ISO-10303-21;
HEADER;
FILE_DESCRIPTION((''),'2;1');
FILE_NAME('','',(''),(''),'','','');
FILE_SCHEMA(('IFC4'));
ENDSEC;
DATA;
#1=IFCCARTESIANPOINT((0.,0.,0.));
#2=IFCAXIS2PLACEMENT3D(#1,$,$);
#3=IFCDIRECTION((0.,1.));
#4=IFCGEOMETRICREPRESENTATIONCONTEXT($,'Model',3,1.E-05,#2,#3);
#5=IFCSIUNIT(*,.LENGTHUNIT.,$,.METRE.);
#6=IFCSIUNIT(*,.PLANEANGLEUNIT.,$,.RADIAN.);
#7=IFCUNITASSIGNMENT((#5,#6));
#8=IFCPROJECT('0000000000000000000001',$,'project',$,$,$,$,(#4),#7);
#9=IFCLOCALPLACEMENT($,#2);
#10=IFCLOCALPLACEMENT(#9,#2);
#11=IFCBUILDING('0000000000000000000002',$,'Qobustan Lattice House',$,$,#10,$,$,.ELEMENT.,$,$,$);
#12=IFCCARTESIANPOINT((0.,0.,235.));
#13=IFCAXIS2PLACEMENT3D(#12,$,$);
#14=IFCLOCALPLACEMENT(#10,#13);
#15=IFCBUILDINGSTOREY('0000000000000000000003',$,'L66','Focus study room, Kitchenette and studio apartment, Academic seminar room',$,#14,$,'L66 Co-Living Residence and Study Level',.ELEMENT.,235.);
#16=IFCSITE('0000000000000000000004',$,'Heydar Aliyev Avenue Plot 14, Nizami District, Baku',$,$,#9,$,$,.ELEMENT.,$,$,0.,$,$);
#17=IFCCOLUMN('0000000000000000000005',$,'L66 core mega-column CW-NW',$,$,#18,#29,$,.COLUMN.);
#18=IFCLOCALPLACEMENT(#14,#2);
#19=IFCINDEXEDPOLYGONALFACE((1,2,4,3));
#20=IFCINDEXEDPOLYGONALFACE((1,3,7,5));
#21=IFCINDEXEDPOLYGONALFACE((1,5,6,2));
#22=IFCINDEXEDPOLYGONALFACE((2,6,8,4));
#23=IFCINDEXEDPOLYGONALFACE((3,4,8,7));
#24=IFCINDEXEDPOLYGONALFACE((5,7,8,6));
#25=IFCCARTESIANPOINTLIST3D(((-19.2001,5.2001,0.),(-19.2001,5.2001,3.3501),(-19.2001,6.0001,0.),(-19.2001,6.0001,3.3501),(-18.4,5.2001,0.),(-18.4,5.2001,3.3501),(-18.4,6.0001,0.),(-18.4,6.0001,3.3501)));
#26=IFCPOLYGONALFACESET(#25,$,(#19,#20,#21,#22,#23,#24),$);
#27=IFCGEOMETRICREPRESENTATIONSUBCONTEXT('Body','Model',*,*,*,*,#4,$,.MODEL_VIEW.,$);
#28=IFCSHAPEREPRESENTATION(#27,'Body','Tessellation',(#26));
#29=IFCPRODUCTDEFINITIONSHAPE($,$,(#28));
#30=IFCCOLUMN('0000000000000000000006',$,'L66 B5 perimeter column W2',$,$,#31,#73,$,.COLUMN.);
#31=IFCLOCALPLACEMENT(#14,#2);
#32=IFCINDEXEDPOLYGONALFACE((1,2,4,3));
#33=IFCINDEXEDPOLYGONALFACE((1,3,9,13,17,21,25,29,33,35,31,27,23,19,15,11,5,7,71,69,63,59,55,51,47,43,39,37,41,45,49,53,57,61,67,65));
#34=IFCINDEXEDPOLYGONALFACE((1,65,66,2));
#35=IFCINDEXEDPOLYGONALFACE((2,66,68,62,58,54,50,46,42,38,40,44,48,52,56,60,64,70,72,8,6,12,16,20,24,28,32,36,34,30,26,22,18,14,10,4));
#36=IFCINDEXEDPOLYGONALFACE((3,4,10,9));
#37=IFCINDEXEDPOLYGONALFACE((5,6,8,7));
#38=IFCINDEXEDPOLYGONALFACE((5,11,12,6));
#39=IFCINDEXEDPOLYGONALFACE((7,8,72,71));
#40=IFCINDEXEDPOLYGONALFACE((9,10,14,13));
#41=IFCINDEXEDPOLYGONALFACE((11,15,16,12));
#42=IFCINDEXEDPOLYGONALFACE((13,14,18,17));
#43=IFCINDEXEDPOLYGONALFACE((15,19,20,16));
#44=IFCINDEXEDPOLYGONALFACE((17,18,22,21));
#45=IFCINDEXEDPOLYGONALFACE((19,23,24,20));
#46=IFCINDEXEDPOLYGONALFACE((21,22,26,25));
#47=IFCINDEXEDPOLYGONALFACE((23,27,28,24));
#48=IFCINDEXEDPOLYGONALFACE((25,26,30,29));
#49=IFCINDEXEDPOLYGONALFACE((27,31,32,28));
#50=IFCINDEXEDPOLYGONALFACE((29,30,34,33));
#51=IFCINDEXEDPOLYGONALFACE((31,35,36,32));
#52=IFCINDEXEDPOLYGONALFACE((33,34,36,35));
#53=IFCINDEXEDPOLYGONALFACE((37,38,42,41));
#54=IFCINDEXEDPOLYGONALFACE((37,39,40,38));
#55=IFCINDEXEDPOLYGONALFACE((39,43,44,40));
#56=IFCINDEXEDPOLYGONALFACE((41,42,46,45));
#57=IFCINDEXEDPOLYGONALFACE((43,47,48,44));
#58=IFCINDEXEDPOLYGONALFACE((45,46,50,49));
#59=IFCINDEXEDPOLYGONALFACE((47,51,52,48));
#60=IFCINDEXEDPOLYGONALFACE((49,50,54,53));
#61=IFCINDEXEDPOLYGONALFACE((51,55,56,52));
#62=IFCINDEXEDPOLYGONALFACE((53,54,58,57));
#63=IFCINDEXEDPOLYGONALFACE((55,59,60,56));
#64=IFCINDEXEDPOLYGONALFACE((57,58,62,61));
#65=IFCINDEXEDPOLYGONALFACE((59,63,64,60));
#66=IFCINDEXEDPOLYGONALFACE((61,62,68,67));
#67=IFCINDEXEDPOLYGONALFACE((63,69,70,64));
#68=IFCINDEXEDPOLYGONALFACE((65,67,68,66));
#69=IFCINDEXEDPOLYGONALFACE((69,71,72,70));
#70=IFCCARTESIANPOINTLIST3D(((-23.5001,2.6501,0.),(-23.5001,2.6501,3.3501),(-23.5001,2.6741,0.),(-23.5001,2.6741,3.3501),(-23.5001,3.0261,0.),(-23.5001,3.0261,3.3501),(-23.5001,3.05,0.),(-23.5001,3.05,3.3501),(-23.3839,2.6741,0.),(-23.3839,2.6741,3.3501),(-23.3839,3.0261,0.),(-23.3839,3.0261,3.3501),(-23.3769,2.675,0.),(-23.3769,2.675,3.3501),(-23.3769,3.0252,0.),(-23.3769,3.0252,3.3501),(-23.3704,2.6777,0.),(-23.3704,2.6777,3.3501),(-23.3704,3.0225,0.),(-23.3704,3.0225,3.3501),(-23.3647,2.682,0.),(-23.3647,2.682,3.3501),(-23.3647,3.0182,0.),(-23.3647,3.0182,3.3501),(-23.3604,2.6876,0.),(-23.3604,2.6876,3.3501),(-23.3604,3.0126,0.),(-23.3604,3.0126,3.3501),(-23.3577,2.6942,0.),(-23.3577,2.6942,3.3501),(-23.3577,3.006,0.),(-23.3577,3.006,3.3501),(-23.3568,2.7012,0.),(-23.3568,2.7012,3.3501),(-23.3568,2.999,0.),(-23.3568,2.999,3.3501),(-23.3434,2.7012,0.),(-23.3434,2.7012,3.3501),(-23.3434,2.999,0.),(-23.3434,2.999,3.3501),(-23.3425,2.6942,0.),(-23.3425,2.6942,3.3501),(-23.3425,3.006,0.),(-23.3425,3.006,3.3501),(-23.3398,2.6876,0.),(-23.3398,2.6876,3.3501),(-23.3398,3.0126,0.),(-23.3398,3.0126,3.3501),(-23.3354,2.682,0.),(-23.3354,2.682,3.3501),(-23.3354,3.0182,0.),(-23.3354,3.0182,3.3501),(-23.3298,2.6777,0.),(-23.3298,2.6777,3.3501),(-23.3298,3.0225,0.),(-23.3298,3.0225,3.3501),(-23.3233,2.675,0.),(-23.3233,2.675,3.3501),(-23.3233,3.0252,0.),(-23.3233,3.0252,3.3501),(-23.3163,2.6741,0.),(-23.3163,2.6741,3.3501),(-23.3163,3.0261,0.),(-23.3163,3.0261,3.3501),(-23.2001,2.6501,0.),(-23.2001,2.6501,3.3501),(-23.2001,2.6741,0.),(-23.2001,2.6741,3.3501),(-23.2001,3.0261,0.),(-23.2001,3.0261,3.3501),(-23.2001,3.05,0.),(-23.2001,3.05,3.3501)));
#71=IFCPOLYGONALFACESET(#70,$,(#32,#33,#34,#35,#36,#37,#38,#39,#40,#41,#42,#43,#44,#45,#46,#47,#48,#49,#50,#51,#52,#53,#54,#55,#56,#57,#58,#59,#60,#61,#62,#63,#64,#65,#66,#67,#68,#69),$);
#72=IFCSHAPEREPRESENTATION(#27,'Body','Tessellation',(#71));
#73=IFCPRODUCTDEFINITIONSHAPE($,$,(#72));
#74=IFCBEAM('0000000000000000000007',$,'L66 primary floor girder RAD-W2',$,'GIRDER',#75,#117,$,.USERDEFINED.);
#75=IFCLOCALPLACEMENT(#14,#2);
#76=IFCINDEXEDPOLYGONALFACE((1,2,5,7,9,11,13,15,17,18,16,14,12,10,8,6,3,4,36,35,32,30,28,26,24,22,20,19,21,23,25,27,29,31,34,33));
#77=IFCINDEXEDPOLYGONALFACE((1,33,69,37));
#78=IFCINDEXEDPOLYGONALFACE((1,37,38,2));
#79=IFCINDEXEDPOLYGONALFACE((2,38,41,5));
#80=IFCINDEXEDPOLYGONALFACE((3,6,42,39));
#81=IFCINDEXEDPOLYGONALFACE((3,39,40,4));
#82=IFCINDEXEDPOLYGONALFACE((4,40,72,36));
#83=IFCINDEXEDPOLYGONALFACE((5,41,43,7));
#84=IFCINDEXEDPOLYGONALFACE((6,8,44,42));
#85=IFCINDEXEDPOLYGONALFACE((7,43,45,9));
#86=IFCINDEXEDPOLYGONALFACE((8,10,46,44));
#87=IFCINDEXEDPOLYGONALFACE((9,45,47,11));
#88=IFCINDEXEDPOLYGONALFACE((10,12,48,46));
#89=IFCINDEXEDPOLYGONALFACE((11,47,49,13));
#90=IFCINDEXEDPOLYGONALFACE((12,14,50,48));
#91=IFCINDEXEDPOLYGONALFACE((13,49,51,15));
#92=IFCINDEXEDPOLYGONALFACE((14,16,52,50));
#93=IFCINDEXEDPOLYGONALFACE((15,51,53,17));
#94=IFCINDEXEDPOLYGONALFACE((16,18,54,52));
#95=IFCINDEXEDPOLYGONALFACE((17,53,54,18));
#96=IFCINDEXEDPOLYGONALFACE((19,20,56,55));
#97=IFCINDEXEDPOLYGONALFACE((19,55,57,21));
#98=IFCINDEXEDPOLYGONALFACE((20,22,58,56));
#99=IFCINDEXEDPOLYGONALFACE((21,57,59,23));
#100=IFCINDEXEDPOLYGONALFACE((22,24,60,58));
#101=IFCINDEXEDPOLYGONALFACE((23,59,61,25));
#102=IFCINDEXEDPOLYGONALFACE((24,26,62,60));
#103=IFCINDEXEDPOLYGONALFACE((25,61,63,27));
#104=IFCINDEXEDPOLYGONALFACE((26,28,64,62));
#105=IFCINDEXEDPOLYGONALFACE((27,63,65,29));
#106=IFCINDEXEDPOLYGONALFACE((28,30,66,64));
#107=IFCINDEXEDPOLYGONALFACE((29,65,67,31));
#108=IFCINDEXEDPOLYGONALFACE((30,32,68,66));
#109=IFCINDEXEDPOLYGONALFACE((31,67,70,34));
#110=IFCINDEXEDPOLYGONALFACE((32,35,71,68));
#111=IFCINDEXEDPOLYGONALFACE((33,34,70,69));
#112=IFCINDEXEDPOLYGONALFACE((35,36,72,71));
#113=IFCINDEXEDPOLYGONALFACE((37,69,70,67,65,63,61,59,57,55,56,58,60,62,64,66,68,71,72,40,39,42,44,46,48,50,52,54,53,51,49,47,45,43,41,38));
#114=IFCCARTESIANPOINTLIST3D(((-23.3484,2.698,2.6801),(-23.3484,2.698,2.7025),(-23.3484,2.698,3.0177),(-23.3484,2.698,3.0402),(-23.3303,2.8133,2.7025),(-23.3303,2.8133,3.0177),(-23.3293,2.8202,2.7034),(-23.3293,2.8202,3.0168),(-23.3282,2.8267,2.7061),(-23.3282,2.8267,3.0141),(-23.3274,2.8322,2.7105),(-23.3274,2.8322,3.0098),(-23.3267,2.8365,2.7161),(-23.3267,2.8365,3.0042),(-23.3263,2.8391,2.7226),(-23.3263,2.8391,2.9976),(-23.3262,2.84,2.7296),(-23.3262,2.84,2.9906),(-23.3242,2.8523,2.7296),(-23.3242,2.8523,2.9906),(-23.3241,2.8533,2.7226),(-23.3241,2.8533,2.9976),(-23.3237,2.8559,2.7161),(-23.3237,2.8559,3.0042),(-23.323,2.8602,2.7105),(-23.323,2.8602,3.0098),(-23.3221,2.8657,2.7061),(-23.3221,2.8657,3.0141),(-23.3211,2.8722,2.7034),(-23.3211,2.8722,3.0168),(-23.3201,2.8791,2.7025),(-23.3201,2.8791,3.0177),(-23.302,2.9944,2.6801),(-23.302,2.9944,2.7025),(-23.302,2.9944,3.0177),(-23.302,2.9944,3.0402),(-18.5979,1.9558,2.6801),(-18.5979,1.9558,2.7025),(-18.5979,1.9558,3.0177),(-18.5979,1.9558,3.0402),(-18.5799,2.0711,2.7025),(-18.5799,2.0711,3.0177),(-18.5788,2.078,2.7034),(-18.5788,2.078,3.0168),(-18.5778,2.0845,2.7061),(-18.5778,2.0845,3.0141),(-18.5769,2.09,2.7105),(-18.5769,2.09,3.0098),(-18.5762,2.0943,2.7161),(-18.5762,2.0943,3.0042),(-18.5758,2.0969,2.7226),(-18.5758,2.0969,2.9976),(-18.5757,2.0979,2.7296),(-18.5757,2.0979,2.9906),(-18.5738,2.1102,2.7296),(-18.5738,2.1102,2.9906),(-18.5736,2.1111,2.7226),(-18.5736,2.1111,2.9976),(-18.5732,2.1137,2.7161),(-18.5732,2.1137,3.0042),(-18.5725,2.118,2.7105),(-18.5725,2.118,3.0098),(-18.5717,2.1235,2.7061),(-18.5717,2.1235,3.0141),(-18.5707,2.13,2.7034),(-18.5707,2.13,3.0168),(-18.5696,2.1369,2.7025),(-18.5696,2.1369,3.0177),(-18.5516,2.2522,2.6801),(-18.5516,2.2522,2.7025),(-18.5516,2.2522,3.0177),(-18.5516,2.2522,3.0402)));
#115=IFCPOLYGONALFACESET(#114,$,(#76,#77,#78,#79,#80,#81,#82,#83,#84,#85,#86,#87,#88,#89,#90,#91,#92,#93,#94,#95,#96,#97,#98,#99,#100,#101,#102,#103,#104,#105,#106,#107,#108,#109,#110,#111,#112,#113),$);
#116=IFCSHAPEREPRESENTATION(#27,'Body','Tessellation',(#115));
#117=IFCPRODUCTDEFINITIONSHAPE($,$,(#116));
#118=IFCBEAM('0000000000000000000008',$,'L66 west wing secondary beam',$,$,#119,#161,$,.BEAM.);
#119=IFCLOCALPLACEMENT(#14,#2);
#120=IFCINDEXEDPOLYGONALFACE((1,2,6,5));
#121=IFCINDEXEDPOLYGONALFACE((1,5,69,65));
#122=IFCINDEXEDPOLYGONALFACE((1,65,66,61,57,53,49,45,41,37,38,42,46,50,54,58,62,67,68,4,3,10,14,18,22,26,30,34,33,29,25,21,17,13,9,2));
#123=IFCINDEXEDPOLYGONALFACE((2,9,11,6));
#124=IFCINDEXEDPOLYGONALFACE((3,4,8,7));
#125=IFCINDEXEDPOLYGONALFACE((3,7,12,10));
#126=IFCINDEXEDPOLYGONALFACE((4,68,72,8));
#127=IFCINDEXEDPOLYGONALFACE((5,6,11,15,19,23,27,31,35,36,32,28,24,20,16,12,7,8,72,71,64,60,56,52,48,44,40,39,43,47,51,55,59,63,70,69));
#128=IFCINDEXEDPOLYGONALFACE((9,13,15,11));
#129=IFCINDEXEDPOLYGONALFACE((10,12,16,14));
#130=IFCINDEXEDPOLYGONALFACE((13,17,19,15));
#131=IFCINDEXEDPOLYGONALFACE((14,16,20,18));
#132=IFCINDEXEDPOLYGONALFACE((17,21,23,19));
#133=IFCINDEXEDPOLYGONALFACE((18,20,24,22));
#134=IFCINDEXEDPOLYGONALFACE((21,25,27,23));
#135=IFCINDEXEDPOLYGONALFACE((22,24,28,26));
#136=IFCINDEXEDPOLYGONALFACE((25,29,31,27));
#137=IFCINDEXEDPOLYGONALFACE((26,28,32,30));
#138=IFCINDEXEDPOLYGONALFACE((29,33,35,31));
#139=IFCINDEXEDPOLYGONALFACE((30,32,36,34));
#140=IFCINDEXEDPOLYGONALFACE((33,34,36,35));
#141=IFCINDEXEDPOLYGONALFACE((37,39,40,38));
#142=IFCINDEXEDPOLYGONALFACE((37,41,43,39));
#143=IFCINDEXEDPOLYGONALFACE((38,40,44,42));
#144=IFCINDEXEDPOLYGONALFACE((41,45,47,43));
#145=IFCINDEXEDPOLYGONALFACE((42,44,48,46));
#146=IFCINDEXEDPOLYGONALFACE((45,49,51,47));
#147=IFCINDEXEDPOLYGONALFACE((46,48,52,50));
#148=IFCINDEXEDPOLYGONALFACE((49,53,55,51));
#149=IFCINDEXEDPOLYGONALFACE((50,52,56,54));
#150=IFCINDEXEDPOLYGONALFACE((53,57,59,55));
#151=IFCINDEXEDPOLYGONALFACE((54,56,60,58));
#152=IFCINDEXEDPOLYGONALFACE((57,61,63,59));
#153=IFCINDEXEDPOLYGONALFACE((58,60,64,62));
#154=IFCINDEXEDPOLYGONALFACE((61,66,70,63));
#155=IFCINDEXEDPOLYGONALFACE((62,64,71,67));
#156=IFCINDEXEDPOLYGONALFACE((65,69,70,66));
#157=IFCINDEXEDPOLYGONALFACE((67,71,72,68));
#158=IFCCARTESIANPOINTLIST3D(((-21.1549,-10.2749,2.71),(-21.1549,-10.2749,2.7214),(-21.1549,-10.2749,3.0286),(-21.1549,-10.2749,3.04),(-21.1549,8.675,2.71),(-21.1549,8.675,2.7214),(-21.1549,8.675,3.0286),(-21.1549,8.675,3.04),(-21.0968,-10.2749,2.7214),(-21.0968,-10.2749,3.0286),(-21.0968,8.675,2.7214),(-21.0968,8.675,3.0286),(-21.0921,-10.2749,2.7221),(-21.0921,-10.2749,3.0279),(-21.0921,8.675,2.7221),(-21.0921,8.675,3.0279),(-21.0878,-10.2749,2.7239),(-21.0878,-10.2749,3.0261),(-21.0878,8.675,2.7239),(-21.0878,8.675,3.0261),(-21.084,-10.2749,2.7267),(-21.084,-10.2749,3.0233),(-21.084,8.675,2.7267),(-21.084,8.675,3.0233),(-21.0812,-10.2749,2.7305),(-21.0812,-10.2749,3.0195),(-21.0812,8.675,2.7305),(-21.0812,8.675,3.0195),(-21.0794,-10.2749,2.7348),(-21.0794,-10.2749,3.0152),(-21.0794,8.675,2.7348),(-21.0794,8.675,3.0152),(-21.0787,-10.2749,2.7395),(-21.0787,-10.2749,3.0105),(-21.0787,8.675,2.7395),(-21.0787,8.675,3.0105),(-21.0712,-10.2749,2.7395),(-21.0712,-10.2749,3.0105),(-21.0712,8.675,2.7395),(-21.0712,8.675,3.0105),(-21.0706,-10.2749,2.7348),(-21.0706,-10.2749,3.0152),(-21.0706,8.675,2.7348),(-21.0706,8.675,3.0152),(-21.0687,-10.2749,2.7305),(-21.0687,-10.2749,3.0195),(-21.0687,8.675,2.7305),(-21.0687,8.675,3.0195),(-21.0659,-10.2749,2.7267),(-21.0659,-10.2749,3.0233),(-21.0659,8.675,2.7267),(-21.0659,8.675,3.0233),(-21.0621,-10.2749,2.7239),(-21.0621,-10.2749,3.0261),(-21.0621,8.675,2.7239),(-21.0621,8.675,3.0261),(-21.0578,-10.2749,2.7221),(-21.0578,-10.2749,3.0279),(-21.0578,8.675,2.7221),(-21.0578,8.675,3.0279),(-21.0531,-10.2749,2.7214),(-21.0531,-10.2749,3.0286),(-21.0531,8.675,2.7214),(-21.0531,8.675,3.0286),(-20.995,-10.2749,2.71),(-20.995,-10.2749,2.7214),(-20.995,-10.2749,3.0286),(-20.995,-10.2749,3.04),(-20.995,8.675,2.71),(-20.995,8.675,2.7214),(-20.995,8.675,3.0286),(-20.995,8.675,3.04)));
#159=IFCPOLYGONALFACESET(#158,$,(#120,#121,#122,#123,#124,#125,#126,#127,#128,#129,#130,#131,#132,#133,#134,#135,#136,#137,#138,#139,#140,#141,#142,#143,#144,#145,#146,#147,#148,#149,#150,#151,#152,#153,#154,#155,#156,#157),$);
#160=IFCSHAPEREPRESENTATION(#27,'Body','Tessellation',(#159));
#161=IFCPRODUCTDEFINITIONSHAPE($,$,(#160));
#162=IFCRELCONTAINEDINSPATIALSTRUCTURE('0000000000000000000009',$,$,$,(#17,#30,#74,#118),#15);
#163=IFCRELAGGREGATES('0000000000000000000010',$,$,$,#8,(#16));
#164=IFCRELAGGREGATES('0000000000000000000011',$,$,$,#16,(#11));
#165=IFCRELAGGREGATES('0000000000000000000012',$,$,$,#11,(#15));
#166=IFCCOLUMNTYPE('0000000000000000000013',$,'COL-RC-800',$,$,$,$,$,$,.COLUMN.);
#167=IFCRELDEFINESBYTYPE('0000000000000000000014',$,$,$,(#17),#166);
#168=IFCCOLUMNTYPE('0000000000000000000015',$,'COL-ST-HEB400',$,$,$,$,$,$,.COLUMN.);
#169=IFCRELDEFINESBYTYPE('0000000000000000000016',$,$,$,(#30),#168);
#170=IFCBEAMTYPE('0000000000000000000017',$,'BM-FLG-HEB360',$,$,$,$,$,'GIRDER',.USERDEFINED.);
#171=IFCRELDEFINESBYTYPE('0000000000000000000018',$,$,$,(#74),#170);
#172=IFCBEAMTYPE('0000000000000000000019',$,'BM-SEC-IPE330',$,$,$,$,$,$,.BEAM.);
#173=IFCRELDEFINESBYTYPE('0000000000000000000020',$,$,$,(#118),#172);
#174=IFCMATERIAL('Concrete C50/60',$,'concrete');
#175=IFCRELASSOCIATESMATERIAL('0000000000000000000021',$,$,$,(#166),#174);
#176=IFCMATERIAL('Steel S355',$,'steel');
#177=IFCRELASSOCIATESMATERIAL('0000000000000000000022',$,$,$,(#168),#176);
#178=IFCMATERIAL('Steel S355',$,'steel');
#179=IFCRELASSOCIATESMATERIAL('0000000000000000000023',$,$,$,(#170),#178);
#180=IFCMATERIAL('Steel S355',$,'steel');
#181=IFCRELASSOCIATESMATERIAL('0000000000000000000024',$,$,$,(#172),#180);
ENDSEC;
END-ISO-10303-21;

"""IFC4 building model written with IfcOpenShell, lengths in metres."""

from ifc_helpers import new_model, si_unit, direction, frame, origin, origin_2d, place, context, subcontext, project, spatial, rectangle, i_section, extrude, material, material_profile, profile_set, type_object, element, save


model = new_model("IFC4")

# Units and contexts
model_context = context("Model", 3, precision=1e-05, world=origin(), true_north=direction((0.0, 1.0)))
body_context = subcontext(model_context, "Body", "Model", "MODEL_VIEW")
ifc_project = project(units=[si_unit("LENGTHUNIT", "METRE"), si_unit("PLANEANGLEUNIT", "RADIAN")], contexts=[model_context])

# Site, building, storey
site_placement = place(None, origin())
site = spatial("IfcSite", under=ifc_project, at=site_placement, Name="Heydar Aliyev Avenue Plot 14, Nizami District, Baku", CompositionType="ELEMENT", RefElevation=0.0)
building_placement = place(site_placement, origin())
building = spatial("IfcBuilding", under=site, at=building_placement, Name="Qobustan Lattice House", CompositionType="ELEMENT")
storey_placement = place(building_placement, frame((0.0, 0.0, 235.0)))
storey = spatial("IfcBuildingStorey", under=building, at=storey_placement, Name="L66", Description="Focus study room, Kitchenette and studio apartment, Academic seminar room", LongName="L66 Co-Living Residence and Study Level", CompositionType="ELEMENT", Elevation=235.0)

# Columns
ifc_material_1 = material(Name="Concrete C50/60", Category="concrete")
ifc_material_profile_1 = material_profile(ifc_material_1, rectangle(XDim=0.8, YDim=0.8, at=origin_2d()), Name="RC800x800")
ifc_profile_set_1 = profile_set([ifc_material_profile_1], Name="Concrete C50/60")
column_type_1 = type_object("IfcColumnType", Name="COL-RC-800", PredefinedType="COLUMN", material=ifc_profile_set_1)
column_1_placement = place(storey_placement, frame((-18.8, 5.6001, 0.0), z_axis=(0.0, 0.0, 1.0), x_axis=(1.0, 0.0, 0.0)))
element("IfcColumn", 1, at=column_1_placement, inside=storey, type_object=column_type_1, Name="L66 core mega-column CW-NW", PredefinedType="COLUMN", context=body_context, shape_type="SweptSolid", body=[
    extrude(rectangle(XDim=0.8, YDim=0.8, at=origin_2d()), origin(), (0.0, 0.0, 1.0), 3.3501),
])
ifc_material_2 = material(Name="Steel S355", Category="steel")
ifc_material_profile_2 = material_profile(ifc_material_2, i_section(OverallWidth=0.3, OverallDepth=0.3999, WebThickness=0.0134, FlangeThickness=0.0239, FilletRadius=0.0271, at=origin_2d()), Name="HEB400")
ifc_profile_set_2 = profile_set([ifc_material_profile_2], Name="Steel S355")
column_type_2 = type_object("IfcColumnType", Name="COL-ST-HEB400", PredefinedType="COLUMN", material=ifc_profile_set_2)
column_2_placement = place(storey_placement, frame((-23.3501, 2.8501, 0.0), z_axis=(0.0, 0.0, 1.0), x_axis=(1.0, 0.0, 0.0)))
element("IfcColumn", 2, at=column_2_placement, inside=storey, type_object=column_type_2, Name="L66 B5 perimeter column W2", PredefinedType="COLUMN", context=body_context, shape_type="SweptSolid", body=[
    extrude(i_section(OverallWidth=0.3, OverallDepth=0.3999, WebThickness=0.0134, FlangeThickness=0.0239, FilletRadius=0.0271, at=origin_2d()), origin(), (0.0, 0.0, 1.0), 3.3501),
])

# Beams
ifc_material_3 = material(Name="Steel S355", Category="steel")
ifc_material_profile_3 = material_profile(ifc_material_3, i_section(OverallWidth=0.3, OverallDepth=0.3601, WebThickness=0.0125, FlangeThickness=0.0225, FilletRadius=0.0271, at=origin_2d()), Name="HEB360")
ifc_profile_set_3 = profile_set([ifc_material_profile_3], Name="Steel S355")
beam_type_1 = type_object("IfcBeamType", Name="BM-FLG-HEB360", ElementType="GIRDER", PredefinedType="USERDEFINED", material=ifc_profile_set_3)
beam_1_placement = place(storey_placement, frame((-23.3252, 2.8462, 2.8601), z_axis=(0.988014, -0.154361, 0.0), x_axis=(0.154361, 0.988014, 0.0)))
element("IfcBeam", 3, at=beam_1_placement, inside=storey, type_object=beam_type_1, Name="L66 primary floor girder RAD-W2", ObjectType="GIRDER", PredefinedType="USERDEFINED", context=body_context, shape_type="SweptSolid", body=[
    extrude(i_section(OverallWidth=0.3, OverallDepth=0.3601, WebThickness=0.0125, FlangeThickness=0.0225, FilletRadius=0.0271, at=origin_2d()), origin(), (0.0, 0.0, 1.0), 4.8081),
])
ifc_material_4 = material(Name="Steel S355", Category="steel")
ifc_material_profile_4 = material_profile(ifc_material_4, i_section(OverallWidth=0.1599, OverallDepth=0.3301, WebThickness=0.0076, FlangeThickness=0.0115, FilletRadius=0.0181, at=origin_2d()), Name="IPE330")
ifc_profile_set_4 = profile_set([ifc_material_profile_4], Name="Steel S355")
beam_type_2 = type_object("IfcBeamType", Name="BM-SEC-IPE330", PredefinedType="BEAM", material=ifc_profile_set_4)
beam_2_placement = place(storey_placement, frame((-21.075, 8.675, 2.875), z_axis=(0.0, -1.0, 0.0), x_axis=(1.0, 0.0, 0.0)))
element("IfcBeam", 4, at=beam_2_placement, inside=storey, type_object=beam_type_2, Name="L66 west wing secondary beam", PredefinedType="BEAM", context=body_context, shape_type="SweptSolid", body=[
    extrude(i_section(OverallWidth=0.1599, OverallDepth=0.3301, WebThickness=0.0076, FlangeThickness=0.0115, FilletRadius=0.0181, at=origin_2d()), origin(), (0.0, 0.0, 1.0), 18.95),
])

save(model, "model.ifc")
